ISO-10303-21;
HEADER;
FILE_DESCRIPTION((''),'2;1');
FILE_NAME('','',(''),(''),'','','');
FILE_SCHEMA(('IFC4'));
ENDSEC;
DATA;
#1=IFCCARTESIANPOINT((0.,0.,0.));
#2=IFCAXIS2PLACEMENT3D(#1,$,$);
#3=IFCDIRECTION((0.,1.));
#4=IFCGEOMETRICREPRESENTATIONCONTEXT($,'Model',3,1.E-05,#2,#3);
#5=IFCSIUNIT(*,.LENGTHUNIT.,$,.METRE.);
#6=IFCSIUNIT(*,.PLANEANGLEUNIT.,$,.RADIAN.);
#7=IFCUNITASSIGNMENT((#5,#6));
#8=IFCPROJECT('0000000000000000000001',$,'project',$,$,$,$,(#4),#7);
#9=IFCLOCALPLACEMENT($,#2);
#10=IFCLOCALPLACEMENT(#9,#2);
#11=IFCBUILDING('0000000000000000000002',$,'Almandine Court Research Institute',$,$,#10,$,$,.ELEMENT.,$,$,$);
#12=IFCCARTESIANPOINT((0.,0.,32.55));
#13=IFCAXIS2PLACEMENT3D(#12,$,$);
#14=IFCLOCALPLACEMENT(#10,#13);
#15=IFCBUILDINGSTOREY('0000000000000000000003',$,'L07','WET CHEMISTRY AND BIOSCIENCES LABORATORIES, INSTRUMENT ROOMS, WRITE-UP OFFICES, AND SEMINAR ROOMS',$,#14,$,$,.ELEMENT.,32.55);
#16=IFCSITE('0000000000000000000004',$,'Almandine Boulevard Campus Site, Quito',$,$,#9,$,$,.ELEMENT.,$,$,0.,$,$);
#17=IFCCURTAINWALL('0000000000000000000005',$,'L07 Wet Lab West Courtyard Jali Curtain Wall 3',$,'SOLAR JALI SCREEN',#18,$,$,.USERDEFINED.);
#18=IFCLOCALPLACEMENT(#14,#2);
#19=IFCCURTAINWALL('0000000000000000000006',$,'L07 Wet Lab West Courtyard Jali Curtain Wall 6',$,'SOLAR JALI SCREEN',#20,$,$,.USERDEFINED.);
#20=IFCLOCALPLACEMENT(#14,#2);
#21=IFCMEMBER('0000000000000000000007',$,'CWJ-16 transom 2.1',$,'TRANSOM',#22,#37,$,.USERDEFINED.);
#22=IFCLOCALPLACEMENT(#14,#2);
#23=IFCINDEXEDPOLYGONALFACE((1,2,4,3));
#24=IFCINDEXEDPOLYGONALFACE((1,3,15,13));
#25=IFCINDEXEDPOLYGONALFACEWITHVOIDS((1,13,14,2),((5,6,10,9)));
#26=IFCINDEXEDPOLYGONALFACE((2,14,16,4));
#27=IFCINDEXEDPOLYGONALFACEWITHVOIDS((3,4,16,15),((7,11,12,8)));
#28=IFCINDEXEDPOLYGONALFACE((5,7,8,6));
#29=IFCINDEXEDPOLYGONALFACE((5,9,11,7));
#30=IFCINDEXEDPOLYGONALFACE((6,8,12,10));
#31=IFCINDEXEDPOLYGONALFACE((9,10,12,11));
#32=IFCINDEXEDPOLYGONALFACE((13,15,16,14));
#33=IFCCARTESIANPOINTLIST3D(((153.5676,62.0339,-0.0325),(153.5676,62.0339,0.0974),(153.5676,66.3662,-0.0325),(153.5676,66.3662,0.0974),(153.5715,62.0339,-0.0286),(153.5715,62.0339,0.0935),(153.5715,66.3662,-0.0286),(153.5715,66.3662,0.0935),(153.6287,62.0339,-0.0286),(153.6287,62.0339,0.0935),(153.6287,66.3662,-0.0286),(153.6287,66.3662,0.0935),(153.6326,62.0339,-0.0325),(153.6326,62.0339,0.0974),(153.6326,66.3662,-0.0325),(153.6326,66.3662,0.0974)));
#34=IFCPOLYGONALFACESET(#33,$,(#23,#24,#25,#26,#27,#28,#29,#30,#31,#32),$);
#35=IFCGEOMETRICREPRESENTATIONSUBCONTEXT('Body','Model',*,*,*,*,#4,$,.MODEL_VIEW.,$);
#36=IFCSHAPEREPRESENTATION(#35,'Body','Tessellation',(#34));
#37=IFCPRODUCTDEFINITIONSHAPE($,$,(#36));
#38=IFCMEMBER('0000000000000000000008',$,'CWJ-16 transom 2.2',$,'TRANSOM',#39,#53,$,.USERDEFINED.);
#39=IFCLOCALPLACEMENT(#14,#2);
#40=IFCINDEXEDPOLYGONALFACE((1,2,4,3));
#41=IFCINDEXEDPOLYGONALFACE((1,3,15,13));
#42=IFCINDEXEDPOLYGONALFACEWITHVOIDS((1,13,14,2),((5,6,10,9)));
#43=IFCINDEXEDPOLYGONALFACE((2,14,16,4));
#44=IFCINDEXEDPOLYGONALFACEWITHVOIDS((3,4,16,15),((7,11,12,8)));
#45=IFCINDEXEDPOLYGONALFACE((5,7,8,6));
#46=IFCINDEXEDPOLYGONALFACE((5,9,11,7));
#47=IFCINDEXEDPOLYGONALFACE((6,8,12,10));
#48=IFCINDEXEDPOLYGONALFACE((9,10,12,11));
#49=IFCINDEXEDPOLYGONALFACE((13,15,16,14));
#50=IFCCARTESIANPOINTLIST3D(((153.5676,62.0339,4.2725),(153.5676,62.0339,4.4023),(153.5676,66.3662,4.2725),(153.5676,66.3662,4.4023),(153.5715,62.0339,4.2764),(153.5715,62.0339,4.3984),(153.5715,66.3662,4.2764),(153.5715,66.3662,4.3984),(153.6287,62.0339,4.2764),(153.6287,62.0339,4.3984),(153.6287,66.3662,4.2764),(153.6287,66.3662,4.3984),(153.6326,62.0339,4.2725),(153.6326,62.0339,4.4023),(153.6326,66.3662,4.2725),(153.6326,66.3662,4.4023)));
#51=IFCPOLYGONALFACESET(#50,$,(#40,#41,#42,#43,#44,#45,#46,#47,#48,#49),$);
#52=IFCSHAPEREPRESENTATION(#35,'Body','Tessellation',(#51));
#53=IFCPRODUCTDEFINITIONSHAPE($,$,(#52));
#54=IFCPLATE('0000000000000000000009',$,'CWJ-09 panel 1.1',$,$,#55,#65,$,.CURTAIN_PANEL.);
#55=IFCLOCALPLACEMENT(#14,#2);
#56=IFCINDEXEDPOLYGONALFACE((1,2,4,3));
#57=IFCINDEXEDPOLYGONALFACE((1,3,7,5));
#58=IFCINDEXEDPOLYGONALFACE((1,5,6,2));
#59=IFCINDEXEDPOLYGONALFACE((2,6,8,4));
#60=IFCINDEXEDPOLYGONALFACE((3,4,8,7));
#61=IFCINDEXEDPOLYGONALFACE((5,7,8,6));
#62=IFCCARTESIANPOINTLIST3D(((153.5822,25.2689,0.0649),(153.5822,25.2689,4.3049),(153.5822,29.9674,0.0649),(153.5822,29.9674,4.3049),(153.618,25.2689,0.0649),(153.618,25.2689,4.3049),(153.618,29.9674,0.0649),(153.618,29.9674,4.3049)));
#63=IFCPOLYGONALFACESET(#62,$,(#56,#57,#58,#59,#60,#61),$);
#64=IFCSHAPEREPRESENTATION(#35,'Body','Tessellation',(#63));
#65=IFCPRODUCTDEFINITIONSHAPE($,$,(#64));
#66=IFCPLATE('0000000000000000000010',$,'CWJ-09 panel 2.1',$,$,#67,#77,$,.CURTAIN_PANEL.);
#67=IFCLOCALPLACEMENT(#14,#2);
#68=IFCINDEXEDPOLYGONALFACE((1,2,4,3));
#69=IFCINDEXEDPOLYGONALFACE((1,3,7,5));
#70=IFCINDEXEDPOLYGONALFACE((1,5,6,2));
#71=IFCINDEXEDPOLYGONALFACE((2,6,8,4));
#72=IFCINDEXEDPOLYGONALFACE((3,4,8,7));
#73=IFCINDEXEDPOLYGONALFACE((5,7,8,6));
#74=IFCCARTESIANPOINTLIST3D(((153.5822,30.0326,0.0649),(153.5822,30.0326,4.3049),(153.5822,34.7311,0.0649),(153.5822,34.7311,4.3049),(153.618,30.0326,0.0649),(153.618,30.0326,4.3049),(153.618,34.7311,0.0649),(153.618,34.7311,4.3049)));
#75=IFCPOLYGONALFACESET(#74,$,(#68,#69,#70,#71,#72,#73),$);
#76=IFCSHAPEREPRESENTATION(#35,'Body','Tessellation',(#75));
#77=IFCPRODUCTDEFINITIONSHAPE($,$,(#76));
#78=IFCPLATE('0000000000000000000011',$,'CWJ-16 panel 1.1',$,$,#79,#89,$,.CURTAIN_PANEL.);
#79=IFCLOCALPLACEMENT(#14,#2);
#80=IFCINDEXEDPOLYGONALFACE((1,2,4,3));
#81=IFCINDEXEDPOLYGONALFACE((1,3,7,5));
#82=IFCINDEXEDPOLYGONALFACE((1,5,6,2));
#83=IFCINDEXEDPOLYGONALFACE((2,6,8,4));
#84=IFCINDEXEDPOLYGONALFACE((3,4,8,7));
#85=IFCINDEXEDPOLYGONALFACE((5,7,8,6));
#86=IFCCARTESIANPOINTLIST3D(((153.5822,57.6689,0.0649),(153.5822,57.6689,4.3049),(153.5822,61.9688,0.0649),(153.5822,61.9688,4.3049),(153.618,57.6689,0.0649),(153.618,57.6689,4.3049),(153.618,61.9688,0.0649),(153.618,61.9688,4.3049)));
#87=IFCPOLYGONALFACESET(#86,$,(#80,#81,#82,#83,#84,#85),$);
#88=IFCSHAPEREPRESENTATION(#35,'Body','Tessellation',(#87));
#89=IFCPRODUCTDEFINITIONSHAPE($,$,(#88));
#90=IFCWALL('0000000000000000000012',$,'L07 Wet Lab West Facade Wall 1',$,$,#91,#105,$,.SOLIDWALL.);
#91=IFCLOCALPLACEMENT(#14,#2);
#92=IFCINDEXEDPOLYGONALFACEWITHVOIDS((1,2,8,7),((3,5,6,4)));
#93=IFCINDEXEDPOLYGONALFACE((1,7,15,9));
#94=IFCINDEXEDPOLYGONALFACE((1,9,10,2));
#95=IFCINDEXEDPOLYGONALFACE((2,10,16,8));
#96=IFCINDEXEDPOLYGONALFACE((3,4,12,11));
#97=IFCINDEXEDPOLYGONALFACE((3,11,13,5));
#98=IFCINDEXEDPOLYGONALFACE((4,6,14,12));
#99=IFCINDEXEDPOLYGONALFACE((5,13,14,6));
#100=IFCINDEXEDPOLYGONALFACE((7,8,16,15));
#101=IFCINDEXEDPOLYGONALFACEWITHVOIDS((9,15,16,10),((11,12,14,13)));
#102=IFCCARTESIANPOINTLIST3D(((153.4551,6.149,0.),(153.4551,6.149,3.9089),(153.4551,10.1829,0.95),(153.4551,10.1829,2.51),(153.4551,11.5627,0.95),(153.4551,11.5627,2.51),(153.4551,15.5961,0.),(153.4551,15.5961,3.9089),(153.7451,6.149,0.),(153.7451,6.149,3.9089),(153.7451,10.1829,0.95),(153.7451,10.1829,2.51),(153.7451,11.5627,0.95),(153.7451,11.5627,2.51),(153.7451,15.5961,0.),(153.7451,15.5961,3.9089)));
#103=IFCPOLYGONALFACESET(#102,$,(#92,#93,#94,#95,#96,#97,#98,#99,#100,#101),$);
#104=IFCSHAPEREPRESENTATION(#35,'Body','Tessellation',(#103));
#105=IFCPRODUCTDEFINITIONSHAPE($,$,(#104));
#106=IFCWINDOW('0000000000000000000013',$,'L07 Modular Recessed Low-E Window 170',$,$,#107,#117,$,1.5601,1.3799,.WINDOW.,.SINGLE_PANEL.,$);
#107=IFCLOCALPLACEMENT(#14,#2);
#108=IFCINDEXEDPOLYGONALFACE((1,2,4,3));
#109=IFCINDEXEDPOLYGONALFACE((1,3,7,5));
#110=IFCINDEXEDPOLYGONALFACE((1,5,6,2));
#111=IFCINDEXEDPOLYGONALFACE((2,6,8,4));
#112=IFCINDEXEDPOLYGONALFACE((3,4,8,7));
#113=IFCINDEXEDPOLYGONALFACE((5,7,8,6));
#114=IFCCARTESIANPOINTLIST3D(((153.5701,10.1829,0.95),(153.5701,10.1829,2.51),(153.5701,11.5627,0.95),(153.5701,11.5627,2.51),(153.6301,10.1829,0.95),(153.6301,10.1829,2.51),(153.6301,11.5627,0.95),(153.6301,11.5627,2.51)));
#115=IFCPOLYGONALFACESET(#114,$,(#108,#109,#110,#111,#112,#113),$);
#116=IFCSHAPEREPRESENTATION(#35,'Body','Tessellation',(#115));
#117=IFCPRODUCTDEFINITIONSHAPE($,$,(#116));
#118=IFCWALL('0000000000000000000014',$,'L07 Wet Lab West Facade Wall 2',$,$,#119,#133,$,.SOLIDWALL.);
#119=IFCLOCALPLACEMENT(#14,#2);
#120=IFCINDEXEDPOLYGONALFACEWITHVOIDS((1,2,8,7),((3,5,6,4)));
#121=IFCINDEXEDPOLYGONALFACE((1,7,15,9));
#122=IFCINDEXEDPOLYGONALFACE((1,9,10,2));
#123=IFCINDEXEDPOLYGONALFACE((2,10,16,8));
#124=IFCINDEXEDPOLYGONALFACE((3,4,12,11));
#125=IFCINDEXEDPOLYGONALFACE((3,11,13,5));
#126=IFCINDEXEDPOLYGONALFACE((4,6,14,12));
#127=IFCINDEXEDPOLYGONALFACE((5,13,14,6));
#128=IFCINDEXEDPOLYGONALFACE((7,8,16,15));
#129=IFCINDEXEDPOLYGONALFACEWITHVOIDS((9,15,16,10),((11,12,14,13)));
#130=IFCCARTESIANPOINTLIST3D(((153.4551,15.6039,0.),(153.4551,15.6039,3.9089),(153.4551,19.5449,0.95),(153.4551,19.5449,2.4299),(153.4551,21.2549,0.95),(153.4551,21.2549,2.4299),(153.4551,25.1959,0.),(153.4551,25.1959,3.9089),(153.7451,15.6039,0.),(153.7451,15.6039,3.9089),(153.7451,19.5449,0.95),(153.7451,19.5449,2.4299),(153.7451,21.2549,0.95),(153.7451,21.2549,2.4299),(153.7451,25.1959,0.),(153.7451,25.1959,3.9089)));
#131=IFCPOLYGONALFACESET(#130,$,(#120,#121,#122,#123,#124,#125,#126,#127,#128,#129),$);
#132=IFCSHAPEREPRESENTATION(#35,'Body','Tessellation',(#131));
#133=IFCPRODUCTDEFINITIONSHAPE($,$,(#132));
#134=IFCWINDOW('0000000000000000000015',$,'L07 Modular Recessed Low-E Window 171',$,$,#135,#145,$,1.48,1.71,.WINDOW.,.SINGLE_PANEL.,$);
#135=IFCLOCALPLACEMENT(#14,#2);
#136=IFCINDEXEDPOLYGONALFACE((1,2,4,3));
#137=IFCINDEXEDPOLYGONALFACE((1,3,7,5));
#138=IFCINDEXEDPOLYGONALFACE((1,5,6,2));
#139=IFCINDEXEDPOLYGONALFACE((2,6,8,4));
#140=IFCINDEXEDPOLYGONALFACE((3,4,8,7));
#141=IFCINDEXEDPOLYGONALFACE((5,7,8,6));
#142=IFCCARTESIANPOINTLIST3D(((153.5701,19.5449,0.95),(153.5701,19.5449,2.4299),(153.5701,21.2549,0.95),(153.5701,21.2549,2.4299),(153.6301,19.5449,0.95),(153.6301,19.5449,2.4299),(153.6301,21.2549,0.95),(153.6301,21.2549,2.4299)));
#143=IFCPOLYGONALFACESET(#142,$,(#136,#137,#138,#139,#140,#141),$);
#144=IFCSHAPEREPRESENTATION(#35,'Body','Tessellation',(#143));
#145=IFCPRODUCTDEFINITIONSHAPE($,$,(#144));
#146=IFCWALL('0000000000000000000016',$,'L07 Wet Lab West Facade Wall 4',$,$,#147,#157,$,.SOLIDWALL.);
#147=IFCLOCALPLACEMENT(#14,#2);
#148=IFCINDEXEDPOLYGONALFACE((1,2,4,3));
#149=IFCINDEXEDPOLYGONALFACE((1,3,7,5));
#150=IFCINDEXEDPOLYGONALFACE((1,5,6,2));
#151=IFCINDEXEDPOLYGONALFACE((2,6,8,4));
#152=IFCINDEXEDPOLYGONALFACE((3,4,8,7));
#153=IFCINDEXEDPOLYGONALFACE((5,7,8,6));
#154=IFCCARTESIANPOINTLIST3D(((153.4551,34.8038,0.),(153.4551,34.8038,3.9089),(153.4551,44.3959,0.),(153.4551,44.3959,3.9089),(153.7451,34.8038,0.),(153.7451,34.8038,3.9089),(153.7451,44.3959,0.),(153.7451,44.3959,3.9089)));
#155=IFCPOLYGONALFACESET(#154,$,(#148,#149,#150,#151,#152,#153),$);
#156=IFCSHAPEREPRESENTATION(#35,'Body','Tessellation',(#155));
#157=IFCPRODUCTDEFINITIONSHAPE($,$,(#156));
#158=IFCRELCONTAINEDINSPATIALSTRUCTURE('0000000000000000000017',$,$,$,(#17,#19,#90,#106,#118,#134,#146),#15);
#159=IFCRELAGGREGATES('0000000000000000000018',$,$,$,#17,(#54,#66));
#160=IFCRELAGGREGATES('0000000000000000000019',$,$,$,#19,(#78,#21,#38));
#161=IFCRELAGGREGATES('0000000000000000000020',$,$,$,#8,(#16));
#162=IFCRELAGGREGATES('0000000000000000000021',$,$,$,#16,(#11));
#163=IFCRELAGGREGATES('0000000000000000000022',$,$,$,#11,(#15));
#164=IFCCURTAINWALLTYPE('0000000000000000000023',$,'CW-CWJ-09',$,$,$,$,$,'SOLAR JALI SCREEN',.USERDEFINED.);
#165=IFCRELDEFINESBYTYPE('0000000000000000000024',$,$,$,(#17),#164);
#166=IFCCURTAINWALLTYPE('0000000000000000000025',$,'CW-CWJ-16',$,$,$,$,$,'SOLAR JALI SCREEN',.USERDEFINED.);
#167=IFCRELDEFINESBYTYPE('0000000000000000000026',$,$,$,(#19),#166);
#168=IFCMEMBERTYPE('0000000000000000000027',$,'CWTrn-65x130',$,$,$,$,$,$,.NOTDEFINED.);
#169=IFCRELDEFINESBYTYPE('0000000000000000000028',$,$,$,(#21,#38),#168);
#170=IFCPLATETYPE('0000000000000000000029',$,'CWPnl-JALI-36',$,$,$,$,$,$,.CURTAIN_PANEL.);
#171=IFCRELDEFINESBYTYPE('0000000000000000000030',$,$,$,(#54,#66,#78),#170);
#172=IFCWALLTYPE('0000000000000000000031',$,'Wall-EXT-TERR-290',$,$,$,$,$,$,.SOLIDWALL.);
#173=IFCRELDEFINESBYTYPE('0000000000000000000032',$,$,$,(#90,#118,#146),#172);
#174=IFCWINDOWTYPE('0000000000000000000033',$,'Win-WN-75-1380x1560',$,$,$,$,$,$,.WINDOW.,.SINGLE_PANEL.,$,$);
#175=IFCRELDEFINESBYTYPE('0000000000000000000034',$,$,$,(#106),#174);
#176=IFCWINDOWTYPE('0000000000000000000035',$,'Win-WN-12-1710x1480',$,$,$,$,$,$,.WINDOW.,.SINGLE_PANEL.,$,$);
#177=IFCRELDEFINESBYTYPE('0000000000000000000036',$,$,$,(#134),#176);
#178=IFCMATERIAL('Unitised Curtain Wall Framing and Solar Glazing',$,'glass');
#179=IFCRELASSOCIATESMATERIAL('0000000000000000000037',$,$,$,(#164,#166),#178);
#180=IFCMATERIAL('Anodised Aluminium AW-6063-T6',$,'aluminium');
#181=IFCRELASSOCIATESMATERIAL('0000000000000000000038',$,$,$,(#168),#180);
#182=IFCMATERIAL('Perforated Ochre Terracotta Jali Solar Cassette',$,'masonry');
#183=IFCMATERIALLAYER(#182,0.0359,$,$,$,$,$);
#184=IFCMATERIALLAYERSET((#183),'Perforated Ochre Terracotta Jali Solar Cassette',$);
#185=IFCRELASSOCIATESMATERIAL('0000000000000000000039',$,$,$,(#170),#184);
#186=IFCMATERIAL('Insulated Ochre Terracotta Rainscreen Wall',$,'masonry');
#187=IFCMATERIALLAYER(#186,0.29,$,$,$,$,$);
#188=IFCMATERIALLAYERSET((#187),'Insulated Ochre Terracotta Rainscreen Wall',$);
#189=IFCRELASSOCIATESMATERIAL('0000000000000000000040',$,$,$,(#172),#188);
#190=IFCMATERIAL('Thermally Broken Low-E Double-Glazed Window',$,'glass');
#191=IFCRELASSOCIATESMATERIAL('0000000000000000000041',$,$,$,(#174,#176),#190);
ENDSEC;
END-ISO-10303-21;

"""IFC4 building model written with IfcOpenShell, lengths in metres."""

from ifc_helpers import new_model, si_unit, direction, frame, frame_2d, origin, origin_2d, place, context, subcontext, project, spatial, rectangle, hollow_rectangle, extrude, material, layer, layer_set, material_profile, profile_set, type_object, element, fill, aggregate, save


model = new_model("IFC4")

# Units and contexts
model_context = context("Model", 3, precision=1e-05, world=origin(), true_north=direction((0.0, 1.0)))
body_context = subcontext(model_context, "Body", "Model", "MODEL_VIEW")
ifc_project = project(units=[si_unit("LENGTHUNIT", "METRE"), si_unit("PLANEANGLEUNIT", "RADIAN")], contexts=[model_context])

# Site, building, storey
site_placement = place(None, origin())
site = spatial("IfcSite", under=ifc_project, at=site_placement, Name="Almandine Boulevard Campus Site, Quito", CompositionType="ELEMENT", RefElevation=0.0)
building_placement = place(site_placement, origin())
building = spatial("IfcBuilding", under=site, at=building_placement, Name="Almandine Court Research Institute", CompositionType="ELEMENT")
storey_placement = place(building_placement, frame((0.0, 0.0, 32.55)))
storey = spatial("IfcBuildingStorey", under=building, at=storey_placement, Name="L07", Description="WET CHEMISTRY AND BIOSCIENCES LABORATORIES, INSTRUMENT ROOMS, WRITE-UP OFFICES, AND SEMINAR ROOMS", CompositionType="ELEMENT", Elevation=32.55)

# Curtain walls
ifc_material_1 = material(Name="Unitised Curtain Wall Framing and Solar Glazing", Category="glass")
curtain_wall_type_1 = type_object("IfcCurtainWallType", Name="CW-CWJ-09", ElementType="SOLAR JALI SCREEN", PredefinedType="USERDEFINED", material=ifc_material_1)
curtain_wall_1_placement = place(storey_placement, origin())
curtain_wall_1 = element("IfcCurtainWall", 1, at=curtain_wall_1_placement, inside=storey, type_object=curtain_wall_type_1, Name="L07 Wet Lab West Courtyard Jali Curtain Wall 3", ObjectType="SOLAR JALI SCREEN", PredefinedType="USERDEFINED")
ifc_material_2 = material(Name="Anodised Aluminium AW-6063-T6", Category="aluminium")
curtain_wall_type_2 = type_object("IfcCurtainWallType", Name="CW-CWJ-16", ElementType="SOLAR JALI SCREEN", PredefinedType="USERDEFINED", material=ifc_material_1)
curtain_wall_2_placement = place(storey_placement, origin())
curtain_wall_2 = element("IfcCurtainWall", 2, at=curtain_wall_2_placement, inside=storey, type_object=curtain_wall_type_2, Name="L07 Wet Lab West Courtyard Jali Curtain Wall 6", ObjectType="SOLAR JALI SCREEN", PredefinedType="USERDEFINED")

# Members
ifc_material_profile_1 = material_profile(ifc_material_2, hollow_rectangle(XDim=0.0649, YDim=0.1299, WallThickness=0.0039, at=origin_2d()), Name="ALU RHS 65x130x4")
ifc_profile_set_1 = profile_set([ifc_material_profile_1], Name="Anodised Aluminium AW-6063-T6")
member_type_1 = type_object("IfcMemberType", Name="CWTrn-65x130", PredefinedType="NOTDEFINED", material=ifc_profile_set_1)
member_1_placement = place(storey_placement, frame((153.6001, 62.0339, 0.0325), z_axis=(0.0, 1.0, 0.0), x_axis=(-1.0, 0.0, 0.0)))
member_1 = element("IfcMember", 3, at=member_1_placement, type_object=member_type_1, Name="CWJ-16 transom 2.1", ObjectType="TRANSOM", PredefinedType="USERDEFINED", context=body_context, shape_type="SweptSolid", body=[
    extrude(hollow_rectangle(XDim=0.0649, YDim=0.1299, WallThickness=0.0039, at=origin_2d()), origin(), (0.0, 0.0, 1.0), 4.3323),
])
member_2_placement = place(storey_placement, frame((153.6001, 62.0339, 4.3374), z_axis=(0.0, 1.0, 0.0), x_axis=(-1.0, 0.0, 0.0)))
member_2 = element("IfcMember", 4, at=member_2_placement, type_object=member_type_1, Name="CWJ-16 transom 2.2", ObjectType="TRANSOM", PredefinedType="USERDEFINED", context=body_context, shape_type="SweptSolid", body=[
    extrude(hollow_rectangle(XDim=0.0649, YDim=0.1299, WallThickness=0.0039, at=origin_2d()), origin(), (0.0, 0.0, 1.0), 4.3323),
])

# Plates
ifc_material_3 = material(Name="Perforated Ochre Terracotta Jali Solar Cassette", Category="masonry")
ifc_layer_1 = layer(ifc_material_3, 0.0359)
ifc_layer_set_1 = layer_set([ifc_layer_1], Name="Perforated Ochre Terracotta Jali Solar Cassette")
plate_type = type_object("IfcPlateType", Name="CWPnl-JALI-36", PredefinedType="CURTAIN_PANEL", material=ifc_layer_set_1)
plate_1_placement = place(storey_placement, frame((153.6001, 27.6182, 0.0649), z_axis=(0.0, 0.0, 1.0), x_axis=(0.0, 1.0, 0.0)))
plate_1 = element("IfcPlate", 5, at=plate_1_placement, type_object=plate_type, Name="CWJ-09 panel 1.1", PredefinedType="CURTAIN_PANEL", context=body_context, shape_type="SweptSolid", body=[
    extrude(rectangle(XDim=4.6985, YDim=0.0359, at=origin_2d()), origin(), (0.0, 0.0, 1.0), 4.24),
])
plate_2_placement = place(storey_placement, frame((153.6001, 32.3818, 0.0649), z_axis=(0.0, 0.0, 1.0), x_axis=(0.0, 1.0, 0.0)))
plate_2 = element("IfcPlate", 6, at=plate_2_placement, type_object=plate_type, Name="CWJ-09 panel 2.1", PredefinedType="CURTAIN_PANEL", context=body_context, shape_type="SweptSolid", body=[
    extrude(rectangle(XDim=4.6985, YDim=0.0359, at=origin_2d()), origin(), (0.0, 0.0, 1.0), 4.24),
])
aggregate(curtain_wall_1, [plate_1, plate_2])
plate_3_placement = place(storey_placement, frame((153.6001, 59.8188, 0.0649), z_axis=(0.0, 0.0, 1.0), x_axis=(0.0, 1.0, 0.0)))
plate_3 = element("IfcPlate", 7, at=plate_3_placement, type_object=plate_type, Name="CWJ-16 panel 1.1", PredefinedType="CURTAIN_PANEL", context=body_context, shape_type="SweptSolid", body=[
    extrude(rectangle(XDim=4.2998, YDim=0.0359, at=origin_2d()), origin(), (0.0, 0.0, 1.0), 4.24),
])
aggregate(curtain_wall_2, [plate_3, member_1, member_2])

# Walls, openings, windows
ifc_material_4 = material(Name="Insulated Ochre Terracotta Rainscreen Wall", Category="masonry")
ifc_layer_2 = layer(ifc_material_4, 0.29)
ifc_layer_set_2 = layer_set([ifc_layer_2], Name="Insulated Ochre Terracotta Rainscreen Wall")
wall_type = type_object("IfcWallType", Name="Wall-EXT-TERR-290", PredefinedType="SOLIDWALL", material=ifc_layer_set_2)
wall_1_placement = place(storey_placement, frame((153.6001, 6.1489, 0.0), z_axis=(0.0, 0.0, 1.0), x_axis=(0.0, 1.0, 0.0)))
wall_1 = element("IfcWall", 8, at=wall_1_placement, inside=storey, type_object=wall_type, Name="L07 Wet Lab West Facade Wall 1", PredefinedType="SOLIDWALL", context=body_context, shape_type="SweptSolid", body=[
    extrude(rectangle(XDim=9.447, YDim=0.29, at=frame_2d((4.7236, 0.0))), origin(), (0.0, 0.0, 1.0), 3.9089),
])
opening_1_placement = place(wall_1_placement, frame((4.0339, 0.0, 0.95)))
opening_1 = element("IfcOpeningElement", 9, at=opening_1_placement, cuts=wall_1, PredefinedType="OPENING", context=body_context, shape_type="SweptSolid", body=[
    extrude(rectangle(XDim=1.3799, YDim=1.5601, at=frame_2d((0.6899, 0.78))), frame((0.0, 0.155, 0.0), z_axis=(0.0, -1.0, 0.0), x_axis=(1.0, 0.0, 0.0)), (0.0, 0.0, 1.0), 0.3101),
])
ifc_material_5 = material(Name="Thermally Broken Low-E Double-Glazed Window", Category="glass")
window_type_1 = type_object("IfcWindowType", Name="Win-WN-75-1380x1560", PartitioningType="SINGLE_PANEL", PredefinedType="WINDOW", material=ifc_material_5)
window_1_placement = place(opening_1_placement, origin())
window_1 = element("IfcWindow", 10, at=window_1_placement, inside=storey, type_object=window_type_1, Name="L07 Modular Recessed Low-E Window 170", OverallHeight=1.5601, OverallWidth=1.3799, PartitioningType="SINGLE_PANEL", PredefinedType="WINDOW", context=body_context, shape_type="SweptSolid", body=[
    extrude(rectangle(XDim=1.3799, YDim=1.5601, at=frame_2d((0.6899, 0.78))), frame((0.0, 0.03, 0.0), z_axis=(0.0, -1.0, 0.0), x_axis=(1.0, 0.0, 0.0)), (0.0, 0.0, 1.0), 0.0601),
])
fill(opening_1, window_1)
wall_2_placement = place(storey_placement, frame((153.6001, 15.604, 0.0), z_axis=(0.0, 0.0, 1.0), x_axis=(0.0, 1.0, 0.0)))
wall_2 = element("IfcWall", 11, at=wall_2_placement, inside=storey, type_object=wall_type, Name="L07 Wet Lab West Facade Wall 2", PredefinedType="SOLIDWALL", context=body_context, shape_type="SweptSolid", body=[
    extrude(rectangle(XDim=9.592, YDim=0.29, at=frame_2d((4.7959, 0.0))), origin(), (0.0, 0.0, 1.0), 3.9089),
])
opening_2_placement = place(wall_2_placement, frame((3.9409, 0.0, 0.95)))
opening_2 = element("IfcOpeningElement", 12, at=opening_2_placement, cuts=wall_2, PredefinedType="OPENING", context=body_context, shape_type="SweptSolid", body=[
    extrude(rectangle(XDim=1.71, YDim=1.48, at=frame_2d((0.855, 0.74))), frame((0.0, 0.155, 0.0), z_axis=(0.0, -1.0, 0.0), x_axis=(1.0, 0.0, 0.0)), (0.0, 0.0, 1.0), 0.3101),
])
window_type_2 = type_object("IfcWindowType", Name="Win-WN-12-1710x1480", PartitioningType="SINGLE_PANEL", PredefinedType="WINDOW", material=ifc_material_5)
window_2_placement = place(opening_2_placement, origin())
window_2 = element("IfcWindow", 13, at=window_2_placement, inside=storey, type_object=window_type_2, Name="L07 Modular Recessed Low-E Window 171", OverallHeight=1.48, OverallWidth=1.71, PartitioningType="SINGLE_PANEL", PredefinedType="WINDOW", context=body_context, shape_type="SweptSolid", body=[
    extrude(rectangle(XDim=1.71, YDim=1.48, at=frame_2d((0.855, 0.74))), frame((0.0, 0.03, 0.0), z_axis=(0.0, -1.0, 0.0), x_axis=(1.0, 0.0, 0.0)), (0.0, 0.0, 1.0), 0.0601),
])
fill(opening_2, window_2)

# Wall
wall_3_placement = place(storey_placement, frame((153.6001, 34.804, 0.0), z_axis=(0.0, 0.0, 1.0), x_axis=(0.0, 1.0, 0.0)))
element("IfcWall", 14, at=wall_3_placement, inside=storey, type_object=wall_type, Name="L07 Wet Lab West Facade Wall 4", PredefinedType="SOLIDWALL", context=body_context, shape_type="SweptSolid", body=[
    extrude(rectangle(XDim=9.592, YDim=0.29, at=frame_2d((4.7959, 0.0))), origin(), (0.0, 0.0, 1.0), 3.9089),
])

save(model, "model.ifc")
